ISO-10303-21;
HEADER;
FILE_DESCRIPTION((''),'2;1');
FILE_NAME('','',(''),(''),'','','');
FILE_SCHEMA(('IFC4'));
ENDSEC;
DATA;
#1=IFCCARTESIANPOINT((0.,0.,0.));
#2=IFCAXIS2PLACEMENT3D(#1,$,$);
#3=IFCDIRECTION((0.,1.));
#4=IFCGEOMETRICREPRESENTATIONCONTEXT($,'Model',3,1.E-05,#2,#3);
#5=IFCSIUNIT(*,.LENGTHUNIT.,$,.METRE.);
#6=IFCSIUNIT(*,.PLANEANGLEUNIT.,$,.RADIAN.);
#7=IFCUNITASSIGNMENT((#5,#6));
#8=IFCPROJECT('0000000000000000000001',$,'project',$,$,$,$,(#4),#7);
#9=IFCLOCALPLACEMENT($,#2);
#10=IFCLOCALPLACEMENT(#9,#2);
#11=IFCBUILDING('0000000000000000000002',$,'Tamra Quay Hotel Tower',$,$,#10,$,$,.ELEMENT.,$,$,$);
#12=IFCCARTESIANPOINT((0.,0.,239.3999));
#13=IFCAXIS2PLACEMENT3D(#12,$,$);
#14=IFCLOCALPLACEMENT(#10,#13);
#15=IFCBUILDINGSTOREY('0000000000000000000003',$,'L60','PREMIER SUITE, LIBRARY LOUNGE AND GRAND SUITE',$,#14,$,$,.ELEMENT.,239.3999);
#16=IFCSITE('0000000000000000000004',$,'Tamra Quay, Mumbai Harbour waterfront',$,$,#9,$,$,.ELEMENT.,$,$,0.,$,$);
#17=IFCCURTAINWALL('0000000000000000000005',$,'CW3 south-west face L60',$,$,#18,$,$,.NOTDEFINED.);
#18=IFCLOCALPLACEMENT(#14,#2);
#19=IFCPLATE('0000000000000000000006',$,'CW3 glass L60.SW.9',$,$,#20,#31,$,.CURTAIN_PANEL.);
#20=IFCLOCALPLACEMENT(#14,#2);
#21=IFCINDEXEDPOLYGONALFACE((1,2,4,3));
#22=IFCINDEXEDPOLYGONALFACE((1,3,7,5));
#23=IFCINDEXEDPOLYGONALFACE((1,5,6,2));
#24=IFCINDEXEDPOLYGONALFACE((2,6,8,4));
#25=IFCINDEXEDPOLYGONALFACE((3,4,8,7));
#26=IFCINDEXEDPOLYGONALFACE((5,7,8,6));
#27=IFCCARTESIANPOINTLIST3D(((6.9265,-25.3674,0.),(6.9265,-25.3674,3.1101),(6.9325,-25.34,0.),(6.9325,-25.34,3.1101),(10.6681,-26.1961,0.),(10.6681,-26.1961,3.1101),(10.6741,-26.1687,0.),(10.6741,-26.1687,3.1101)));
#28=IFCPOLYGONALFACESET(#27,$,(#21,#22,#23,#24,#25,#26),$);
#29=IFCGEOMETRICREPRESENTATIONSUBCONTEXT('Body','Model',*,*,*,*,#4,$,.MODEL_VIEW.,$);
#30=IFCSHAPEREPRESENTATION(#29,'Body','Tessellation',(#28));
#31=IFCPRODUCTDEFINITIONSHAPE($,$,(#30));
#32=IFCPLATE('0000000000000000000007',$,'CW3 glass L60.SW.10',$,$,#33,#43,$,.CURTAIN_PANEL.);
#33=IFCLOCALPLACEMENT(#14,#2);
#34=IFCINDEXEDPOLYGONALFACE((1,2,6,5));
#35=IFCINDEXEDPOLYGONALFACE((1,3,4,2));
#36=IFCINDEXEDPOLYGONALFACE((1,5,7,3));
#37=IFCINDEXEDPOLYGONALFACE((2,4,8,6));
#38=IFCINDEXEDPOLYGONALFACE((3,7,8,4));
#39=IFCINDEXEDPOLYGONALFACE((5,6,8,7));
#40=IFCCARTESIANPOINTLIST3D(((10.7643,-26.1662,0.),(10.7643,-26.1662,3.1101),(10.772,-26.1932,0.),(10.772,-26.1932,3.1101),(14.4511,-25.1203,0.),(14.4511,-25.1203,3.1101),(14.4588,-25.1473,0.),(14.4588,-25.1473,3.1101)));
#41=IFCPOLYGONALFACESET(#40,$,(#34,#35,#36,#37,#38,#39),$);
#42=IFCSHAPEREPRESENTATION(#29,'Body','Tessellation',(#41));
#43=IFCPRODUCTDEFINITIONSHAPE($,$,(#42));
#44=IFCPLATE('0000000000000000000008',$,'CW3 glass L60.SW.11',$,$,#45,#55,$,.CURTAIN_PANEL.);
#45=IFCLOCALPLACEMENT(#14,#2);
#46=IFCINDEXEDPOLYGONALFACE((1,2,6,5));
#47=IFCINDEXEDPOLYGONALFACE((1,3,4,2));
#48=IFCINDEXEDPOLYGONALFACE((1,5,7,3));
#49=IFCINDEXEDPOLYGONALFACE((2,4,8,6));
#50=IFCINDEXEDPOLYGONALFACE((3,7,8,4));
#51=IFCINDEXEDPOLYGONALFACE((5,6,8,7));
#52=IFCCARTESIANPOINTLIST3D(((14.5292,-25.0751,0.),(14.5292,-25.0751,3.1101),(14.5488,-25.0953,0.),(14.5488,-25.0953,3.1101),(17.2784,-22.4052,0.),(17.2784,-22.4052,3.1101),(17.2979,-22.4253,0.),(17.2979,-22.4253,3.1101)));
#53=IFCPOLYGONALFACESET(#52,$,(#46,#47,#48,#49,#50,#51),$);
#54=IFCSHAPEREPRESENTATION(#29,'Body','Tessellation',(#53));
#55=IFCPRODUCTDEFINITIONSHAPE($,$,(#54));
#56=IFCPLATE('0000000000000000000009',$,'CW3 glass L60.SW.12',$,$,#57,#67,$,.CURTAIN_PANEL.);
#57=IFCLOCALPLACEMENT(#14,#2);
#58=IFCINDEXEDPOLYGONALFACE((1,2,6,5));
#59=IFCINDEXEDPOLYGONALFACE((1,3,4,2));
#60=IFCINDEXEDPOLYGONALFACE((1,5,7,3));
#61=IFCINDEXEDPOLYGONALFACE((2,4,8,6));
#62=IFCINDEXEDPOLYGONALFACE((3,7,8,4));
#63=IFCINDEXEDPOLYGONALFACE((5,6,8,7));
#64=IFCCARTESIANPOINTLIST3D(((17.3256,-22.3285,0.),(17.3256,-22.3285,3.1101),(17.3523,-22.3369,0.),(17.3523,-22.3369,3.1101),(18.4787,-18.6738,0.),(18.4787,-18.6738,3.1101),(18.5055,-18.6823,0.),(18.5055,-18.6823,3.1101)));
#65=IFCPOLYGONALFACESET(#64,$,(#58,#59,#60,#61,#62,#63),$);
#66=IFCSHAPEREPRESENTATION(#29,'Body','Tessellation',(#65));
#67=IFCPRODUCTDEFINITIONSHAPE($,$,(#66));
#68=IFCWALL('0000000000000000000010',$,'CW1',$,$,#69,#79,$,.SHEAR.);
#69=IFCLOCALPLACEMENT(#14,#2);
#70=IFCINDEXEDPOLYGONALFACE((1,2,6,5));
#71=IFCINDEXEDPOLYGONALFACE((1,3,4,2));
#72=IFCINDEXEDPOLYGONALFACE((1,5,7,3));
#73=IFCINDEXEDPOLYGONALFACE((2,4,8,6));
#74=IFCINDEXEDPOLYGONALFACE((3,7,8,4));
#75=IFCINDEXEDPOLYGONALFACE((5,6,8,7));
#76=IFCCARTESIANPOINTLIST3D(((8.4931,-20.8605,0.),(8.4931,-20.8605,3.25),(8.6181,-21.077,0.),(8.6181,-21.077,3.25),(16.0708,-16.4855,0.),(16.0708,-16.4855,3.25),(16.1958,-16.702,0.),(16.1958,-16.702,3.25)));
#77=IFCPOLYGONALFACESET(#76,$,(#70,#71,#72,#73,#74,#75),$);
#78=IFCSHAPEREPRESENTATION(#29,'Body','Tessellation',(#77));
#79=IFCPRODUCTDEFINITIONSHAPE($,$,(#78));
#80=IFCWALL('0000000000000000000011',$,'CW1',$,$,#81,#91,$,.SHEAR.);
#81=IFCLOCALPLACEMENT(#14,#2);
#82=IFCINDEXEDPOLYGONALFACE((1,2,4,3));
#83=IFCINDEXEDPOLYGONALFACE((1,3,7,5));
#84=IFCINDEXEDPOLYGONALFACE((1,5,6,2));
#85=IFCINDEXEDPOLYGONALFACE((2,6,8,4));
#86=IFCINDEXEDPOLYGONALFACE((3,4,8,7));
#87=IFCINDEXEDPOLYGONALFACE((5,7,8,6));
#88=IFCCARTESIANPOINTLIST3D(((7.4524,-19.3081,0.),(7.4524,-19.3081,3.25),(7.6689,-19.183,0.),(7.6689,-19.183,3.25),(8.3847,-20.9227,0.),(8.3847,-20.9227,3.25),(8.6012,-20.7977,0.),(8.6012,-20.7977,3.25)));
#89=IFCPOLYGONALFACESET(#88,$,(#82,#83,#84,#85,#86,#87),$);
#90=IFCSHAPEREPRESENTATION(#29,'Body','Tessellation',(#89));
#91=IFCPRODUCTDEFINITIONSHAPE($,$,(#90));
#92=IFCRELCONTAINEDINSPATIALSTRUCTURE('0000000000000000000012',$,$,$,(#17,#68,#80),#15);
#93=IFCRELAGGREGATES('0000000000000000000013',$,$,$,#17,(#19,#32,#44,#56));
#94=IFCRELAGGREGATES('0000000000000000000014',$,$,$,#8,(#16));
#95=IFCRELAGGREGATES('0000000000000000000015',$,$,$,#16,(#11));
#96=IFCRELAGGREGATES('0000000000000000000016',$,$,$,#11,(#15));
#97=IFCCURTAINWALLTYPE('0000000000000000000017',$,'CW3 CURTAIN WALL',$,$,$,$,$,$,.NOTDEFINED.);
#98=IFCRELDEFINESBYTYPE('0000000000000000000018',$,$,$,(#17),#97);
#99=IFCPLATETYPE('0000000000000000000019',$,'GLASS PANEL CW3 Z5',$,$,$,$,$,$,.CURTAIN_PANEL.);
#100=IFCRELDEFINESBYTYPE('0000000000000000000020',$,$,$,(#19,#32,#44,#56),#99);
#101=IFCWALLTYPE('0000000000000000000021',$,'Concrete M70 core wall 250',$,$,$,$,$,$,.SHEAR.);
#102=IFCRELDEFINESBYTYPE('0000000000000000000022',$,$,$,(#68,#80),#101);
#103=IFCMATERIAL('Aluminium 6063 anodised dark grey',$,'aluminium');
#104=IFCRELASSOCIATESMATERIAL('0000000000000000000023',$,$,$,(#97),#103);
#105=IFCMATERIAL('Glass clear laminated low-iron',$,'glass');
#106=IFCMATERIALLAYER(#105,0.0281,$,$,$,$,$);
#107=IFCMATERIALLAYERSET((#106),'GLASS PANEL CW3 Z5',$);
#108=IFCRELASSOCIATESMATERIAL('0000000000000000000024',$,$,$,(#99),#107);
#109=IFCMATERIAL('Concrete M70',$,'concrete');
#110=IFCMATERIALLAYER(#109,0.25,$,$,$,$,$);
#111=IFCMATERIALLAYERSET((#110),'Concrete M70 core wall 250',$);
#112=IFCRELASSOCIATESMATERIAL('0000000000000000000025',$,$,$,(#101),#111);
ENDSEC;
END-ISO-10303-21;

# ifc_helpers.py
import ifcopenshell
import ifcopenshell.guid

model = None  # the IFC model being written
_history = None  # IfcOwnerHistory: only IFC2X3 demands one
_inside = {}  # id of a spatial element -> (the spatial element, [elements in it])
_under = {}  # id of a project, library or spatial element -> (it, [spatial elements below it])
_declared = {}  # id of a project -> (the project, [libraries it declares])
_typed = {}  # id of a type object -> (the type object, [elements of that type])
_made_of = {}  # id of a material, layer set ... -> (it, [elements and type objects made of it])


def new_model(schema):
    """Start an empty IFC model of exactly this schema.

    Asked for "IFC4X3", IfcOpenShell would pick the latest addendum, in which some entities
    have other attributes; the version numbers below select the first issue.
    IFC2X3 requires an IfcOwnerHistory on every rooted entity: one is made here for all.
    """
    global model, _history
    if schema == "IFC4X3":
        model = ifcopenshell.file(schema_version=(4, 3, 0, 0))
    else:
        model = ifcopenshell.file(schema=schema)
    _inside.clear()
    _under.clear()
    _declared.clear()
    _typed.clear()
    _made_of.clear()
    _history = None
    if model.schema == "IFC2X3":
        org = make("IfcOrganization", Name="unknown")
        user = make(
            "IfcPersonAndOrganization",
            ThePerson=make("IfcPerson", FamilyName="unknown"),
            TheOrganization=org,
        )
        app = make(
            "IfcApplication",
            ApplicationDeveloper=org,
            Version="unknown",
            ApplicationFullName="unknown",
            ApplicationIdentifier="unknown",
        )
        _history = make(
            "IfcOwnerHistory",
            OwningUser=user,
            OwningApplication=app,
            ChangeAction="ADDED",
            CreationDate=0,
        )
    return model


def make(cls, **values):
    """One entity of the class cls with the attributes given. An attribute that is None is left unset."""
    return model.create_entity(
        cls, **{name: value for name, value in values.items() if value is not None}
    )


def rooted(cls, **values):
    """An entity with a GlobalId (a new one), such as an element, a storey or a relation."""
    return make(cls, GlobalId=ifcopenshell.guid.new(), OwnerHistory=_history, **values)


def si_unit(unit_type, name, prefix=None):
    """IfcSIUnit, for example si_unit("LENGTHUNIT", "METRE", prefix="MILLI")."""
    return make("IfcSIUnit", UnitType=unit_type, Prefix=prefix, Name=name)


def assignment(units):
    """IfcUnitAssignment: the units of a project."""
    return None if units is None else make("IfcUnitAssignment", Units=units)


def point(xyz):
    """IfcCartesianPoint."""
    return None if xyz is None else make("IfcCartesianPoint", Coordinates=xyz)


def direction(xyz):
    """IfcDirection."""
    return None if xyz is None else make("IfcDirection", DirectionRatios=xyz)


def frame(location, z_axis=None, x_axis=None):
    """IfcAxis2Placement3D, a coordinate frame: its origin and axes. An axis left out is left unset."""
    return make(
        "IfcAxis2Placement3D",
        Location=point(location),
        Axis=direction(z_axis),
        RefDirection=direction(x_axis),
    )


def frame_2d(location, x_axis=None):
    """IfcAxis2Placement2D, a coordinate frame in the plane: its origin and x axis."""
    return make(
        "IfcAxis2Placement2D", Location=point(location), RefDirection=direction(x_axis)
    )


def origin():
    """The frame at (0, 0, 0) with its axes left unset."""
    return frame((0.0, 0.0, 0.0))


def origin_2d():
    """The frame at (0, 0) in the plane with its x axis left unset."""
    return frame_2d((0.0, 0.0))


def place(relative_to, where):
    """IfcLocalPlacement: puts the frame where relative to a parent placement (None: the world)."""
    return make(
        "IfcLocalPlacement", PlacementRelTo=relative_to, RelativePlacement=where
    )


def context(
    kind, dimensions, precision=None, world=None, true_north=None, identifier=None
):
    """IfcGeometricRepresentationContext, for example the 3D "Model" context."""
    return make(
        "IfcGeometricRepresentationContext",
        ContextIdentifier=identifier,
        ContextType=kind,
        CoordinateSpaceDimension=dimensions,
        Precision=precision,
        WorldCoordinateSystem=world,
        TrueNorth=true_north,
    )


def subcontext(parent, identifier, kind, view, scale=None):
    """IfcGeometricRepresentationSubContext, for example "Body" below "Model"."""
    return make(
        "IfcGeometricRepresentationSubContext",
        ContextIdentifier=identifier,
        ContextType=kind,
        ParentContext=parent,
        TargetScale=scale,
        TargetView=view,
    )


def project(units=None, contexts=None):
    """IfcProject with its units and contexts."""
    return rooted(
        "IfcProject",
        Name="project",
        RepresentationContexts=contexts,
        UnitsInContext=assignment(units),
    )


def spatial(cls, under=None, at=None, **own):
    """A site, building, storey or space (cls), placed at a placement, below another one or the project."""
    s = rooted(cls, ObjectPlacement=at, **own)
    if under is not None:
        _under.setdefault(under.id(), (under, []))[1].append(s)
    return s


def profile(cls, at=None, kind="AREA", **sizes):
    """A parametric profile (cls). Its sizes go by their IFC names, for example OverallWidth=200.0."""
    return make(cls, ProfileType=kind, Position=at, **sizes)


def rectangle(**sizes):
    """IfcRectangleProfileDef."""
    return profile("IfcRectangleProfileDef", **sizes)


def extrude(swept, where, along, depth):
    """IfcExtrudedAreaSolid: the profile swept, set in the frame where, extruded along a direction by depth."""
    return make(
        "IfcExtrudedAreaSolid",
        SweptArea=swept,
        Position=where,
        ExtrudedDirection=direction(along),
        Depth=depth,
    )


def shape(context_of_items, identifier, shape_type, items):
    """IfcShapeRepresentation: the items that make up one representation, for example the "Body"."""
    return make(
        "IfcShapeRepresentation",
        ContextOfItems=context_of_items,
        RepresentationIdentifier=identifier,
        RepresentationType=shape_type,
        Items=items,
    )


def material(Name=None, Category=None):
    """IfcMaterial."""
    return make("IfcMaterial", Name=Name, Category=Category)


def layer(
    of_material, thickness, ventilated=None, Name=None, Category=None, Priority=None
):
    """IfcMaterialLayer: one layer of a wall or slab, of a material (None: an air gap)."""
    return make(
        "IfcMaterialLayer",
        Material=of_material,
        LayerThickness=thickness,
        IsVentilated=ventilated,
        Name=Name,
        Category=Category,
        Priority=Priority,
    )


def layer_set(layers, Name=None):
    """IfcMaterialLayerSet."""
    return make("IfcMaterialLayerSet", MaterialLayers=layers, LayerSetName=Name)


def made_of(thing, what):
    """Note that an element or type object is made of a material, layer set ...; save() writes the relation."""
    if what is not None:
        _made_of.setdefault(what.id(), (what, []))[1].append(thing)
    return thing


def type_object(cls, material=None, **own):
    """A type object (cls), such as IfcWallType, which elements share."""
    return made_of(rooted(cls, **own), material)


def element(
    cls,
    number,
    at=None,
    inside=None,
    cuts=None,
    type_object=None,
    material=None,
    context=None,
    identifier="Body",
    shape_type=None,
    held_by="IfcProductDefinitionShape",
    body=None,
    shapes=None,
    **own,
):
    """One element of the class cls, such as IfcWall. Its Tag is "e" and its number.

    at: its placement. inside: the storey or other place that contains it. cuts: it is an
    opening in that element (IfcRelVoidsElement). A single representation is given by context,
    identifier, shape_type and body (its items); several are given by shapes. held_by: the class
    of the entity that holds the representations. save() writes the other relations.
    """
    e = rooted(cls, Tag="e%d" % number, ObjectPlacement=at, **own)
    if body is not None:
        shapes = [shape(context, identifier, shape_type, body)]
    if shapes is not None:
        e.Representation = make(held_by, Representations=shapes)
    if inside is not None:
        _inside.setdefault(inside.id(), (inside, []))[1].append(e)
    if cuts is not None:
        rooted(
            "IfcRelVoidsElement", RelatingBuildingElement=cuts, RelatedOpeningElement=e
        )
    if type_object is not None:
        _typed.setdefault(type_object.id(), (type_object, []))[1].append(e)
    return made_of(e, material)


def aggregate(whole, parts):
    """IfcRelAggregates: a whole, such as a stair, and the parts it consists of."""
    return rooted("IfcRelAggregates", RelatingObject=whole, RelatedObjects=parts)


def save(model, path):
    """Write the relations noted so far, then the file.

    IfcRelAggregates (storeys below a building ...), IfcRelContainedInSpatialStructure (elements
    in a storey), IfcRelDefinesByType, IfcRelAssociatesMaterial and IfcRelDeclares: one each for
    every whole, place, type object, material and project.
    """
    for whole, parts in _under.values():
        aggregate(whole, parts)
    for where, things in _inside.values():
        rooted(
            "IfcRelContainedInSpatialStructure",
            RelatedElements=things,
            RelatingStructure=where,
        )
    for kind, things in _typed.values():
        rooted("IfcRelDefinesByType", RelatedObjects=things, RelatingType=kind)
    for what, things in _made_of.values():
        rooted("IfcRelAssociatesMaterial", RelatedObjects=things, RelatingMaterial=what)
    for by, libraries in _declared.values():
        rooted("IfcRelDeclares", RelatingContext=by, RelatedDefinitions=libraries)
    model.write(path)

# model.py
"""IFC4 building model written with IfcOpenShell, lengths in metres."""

from ifc_helpers import new_model, si_unit, direction, frame, frame_2d, origin, origin_2d, place, context, subcontext, project, spatial, rectangle, extrude, material, layer, layer_set, type_object, element, aggregate, save


model = new_model("IFC4")

# Units and contexts
model_context = context("Model", 3, precision=1e-05, world=origin(), true_north=direction((0.0, 1.0)))
body_context = subcontext(model_context, "Body", "Model", "MODEL_VIEW")
ifc_project = project(units=[si_unit("LENGTHUNIT", "METRE"), si_unit("PLANEANGLEUNIT", "RADIAN")], contexts=[model_context])

# Site, building, storey
site_placement = place(None, origin())
site = spatial("IfcSite", under=ifc_project, at=site_placement, Name="Tamra Quay, Mumbai Harbour waterfront", CompositionType="ELEMENT", RefElevation=0.0)
building_placement = place(site_placement, origin())
building = spatial("IfcBuilding", under=site, at=building_placement, Name="Tamra Quay Hotel Tower", CompositionType="ELEMENT")
storey_placement = place(building_placement, frame((0.0, 0.0, 239.3999)))
storey = spatial("IfcBuildingStorey", under=building, at=storey_placement, Name="L60", Description="PREMIER SUITE, LIBRARY LOUNGE AND GRAND SUITE", CompositionType="ELEMENT", Elevation=239.3999)

# Shared definitions
ifc_material_1 = material(Name="Concrete M70", Category="concrete")

# Shared definitions
ifc_material_2 = material(Name="Aluminium 6063 anodised dark grey", Category="aluminium")

# Curtain wall
curtain_wall_type_1 = type_object("IfcCurtainWallType", Name="CW3 CURTAIN WALL", PredefinedType="NOTDEFINED", material=ifc_material_2)
curtain_wall_1_placement = place(storey_placement, origin())
curtain_wall_1 = element("IfcCurtainWall", 1, at=curtain_wall_1_placement, inside=storey, type_object=curtain_wall_type_1, Name="CW3 south-west face L60", PredefinedType="NOTDEFINED")

# Plates
ifc_material_3 = material(Name="Glass clear laminated low-iron", Category="glass")
ifc_layer_1 = layer(ifc_material_3, 0.0281)
ifc_layer_set_1 = layer_set([ifc_layer_1], Name="GLASS PANEL CW3 Z5")
plate_type_1 = type_object("IfcPlateType", Name="GLASS PANEL CW3 Z5", PredefinedType="CURTAIN_PANEL", material=ifc_layer_set_1)
plate_1_placement = place(storey_placement, frame((8.8003, -25.7681, 0.0), z_axis=(0.0, 0.0, 1.0), x_axis=(0.976341, -0.216238, 0.0)))
plate_1 = element("IfcPlate", 2, at=plate_1_placement, type_object=plate_type_1, Name="CW3 glass L60.SW.9", PredefinedType="CURTAIN_PANEL", context=body_context, shape_type="SweptSolid", body=[
    extrude(rectangle(XDim=3.8323, YDim=0.0281, at=origin_2d()), origin(), (0.0, 0.0, 1.0), 3.1101),
])
plate_2_placement = place(storey_placement, frame((12.6116, -25.6567, 0.0), z_axis=(0.0, 0.0, 1.0), x_axis=(0.962041, 0.272906, 0.0)))
plate_2 = element("IfcPlate", 3, at=plate_2_placement, type_object=plate_type_1, Name="CW3 glass L60.SW.10", PredefinedType="CURTAIN_PANEL", context=body_context, shape_type="SweptSolid", body=[
    extrude(rectangle(XDim=3.8323, YDim=0.0281, at=origin_2d()), origin(), (0.0, 0.0, 1.0), 3.1101),
])
plate_3_placement = place(storey_placement, frame((15.9136, -23.7502, 0.0), z_axis=(0.0, 0.0, 1.0), x_axis=(0.717364, 0.696698, 0.0)))
plate_3 = element("IfcPlate", 4, at=plate_3_placement, type_object=plate_type_1, Name="CW3 glass L60.SW.11", PredefinedType="CURTAIN_PANEL", context=body_context, shape_type="SweptSolid", body=[
    extrude(rectangle(XDim=3.8323, YDim=0.0281, at=origin_2d()), origin(), (0.0, 0.0, 1.0), 3.1101),
])
plate_4_placement = place(storey_placement, frame((17.9155, -20.5054, 0.0), z_axis=(0.0, 0.0, 1.0), x_axis=(0.300903, 0.953655, 0.0)))
plate_4 = element("IfcPlate", 5, at=plate_4_placement, type_object=plate_type_1, Name="CW3 glass L60.SW.12", PredefinedType="CURTAIN_PANEL", context=body_context, shape_type="SweptSolid", body=[
    extrude(rectangle(XDim=3.8323, YDim=0.0281, at=origin_2d()), origin(), (0.0, 0.0, 1.0), 3.1101),
])
aggregate(curtain_wall_1, [plate_1, plate_2, plate_3, plate_4])

# Walls
ifc_layer_2 = layer(ifc_material_1, 0.25)
ifc_layer_set_2 = layer_set([ifc_layer_2], Name="Concrete M70 core wall 250")
wall_type = type_object("IfcWallType", Name="Concrete M70 core wall 250", PredefinedType="SHEAR", material=ifc_layer_set_2)
wall_1_placement = place(storey_placement, frame((16.1333, -16.5938, 0.0), z_axis=(0.0, 0.0, 1.0), x_axis=(-0.866023, -0.500004, 0.0)))
element("IfcWall", 6, at=wall_1_placement, inside=storey, type_object=wall_type, Name="CW1", PredefinedType="SHEAR", context=body_context, shape_type="SweptSolid", body=[
    extrude(rectangle(XDim=8.75, YDim=0.25, at=frame_2d((4.375, 0.0))), origin(), (0.0, 0.0, 1.0), 3.25),
])
wall_2_placement = place(storey_placement, frame((8.4929, -20.8601, 0.0), z_axis=(0.0, 0.0, 1.0), x_axis=(-0.50004, 0.866002, 0.0)))
element("IfcWall", 7, at=wall_2_placement, inside=storey, type_object=wall_type, Name="CW1", PredefinedType="SHEAR", context=body_context, shape_type="SweptSolid", body=[
    extrude(rectangle(XDim=1.8645, YDim=0.25, at=frame_2d((0.9321, 0.0))), origin(), (0.0, 0.0, 1.0), 3.25),
])

save(model, "model.ifc")
